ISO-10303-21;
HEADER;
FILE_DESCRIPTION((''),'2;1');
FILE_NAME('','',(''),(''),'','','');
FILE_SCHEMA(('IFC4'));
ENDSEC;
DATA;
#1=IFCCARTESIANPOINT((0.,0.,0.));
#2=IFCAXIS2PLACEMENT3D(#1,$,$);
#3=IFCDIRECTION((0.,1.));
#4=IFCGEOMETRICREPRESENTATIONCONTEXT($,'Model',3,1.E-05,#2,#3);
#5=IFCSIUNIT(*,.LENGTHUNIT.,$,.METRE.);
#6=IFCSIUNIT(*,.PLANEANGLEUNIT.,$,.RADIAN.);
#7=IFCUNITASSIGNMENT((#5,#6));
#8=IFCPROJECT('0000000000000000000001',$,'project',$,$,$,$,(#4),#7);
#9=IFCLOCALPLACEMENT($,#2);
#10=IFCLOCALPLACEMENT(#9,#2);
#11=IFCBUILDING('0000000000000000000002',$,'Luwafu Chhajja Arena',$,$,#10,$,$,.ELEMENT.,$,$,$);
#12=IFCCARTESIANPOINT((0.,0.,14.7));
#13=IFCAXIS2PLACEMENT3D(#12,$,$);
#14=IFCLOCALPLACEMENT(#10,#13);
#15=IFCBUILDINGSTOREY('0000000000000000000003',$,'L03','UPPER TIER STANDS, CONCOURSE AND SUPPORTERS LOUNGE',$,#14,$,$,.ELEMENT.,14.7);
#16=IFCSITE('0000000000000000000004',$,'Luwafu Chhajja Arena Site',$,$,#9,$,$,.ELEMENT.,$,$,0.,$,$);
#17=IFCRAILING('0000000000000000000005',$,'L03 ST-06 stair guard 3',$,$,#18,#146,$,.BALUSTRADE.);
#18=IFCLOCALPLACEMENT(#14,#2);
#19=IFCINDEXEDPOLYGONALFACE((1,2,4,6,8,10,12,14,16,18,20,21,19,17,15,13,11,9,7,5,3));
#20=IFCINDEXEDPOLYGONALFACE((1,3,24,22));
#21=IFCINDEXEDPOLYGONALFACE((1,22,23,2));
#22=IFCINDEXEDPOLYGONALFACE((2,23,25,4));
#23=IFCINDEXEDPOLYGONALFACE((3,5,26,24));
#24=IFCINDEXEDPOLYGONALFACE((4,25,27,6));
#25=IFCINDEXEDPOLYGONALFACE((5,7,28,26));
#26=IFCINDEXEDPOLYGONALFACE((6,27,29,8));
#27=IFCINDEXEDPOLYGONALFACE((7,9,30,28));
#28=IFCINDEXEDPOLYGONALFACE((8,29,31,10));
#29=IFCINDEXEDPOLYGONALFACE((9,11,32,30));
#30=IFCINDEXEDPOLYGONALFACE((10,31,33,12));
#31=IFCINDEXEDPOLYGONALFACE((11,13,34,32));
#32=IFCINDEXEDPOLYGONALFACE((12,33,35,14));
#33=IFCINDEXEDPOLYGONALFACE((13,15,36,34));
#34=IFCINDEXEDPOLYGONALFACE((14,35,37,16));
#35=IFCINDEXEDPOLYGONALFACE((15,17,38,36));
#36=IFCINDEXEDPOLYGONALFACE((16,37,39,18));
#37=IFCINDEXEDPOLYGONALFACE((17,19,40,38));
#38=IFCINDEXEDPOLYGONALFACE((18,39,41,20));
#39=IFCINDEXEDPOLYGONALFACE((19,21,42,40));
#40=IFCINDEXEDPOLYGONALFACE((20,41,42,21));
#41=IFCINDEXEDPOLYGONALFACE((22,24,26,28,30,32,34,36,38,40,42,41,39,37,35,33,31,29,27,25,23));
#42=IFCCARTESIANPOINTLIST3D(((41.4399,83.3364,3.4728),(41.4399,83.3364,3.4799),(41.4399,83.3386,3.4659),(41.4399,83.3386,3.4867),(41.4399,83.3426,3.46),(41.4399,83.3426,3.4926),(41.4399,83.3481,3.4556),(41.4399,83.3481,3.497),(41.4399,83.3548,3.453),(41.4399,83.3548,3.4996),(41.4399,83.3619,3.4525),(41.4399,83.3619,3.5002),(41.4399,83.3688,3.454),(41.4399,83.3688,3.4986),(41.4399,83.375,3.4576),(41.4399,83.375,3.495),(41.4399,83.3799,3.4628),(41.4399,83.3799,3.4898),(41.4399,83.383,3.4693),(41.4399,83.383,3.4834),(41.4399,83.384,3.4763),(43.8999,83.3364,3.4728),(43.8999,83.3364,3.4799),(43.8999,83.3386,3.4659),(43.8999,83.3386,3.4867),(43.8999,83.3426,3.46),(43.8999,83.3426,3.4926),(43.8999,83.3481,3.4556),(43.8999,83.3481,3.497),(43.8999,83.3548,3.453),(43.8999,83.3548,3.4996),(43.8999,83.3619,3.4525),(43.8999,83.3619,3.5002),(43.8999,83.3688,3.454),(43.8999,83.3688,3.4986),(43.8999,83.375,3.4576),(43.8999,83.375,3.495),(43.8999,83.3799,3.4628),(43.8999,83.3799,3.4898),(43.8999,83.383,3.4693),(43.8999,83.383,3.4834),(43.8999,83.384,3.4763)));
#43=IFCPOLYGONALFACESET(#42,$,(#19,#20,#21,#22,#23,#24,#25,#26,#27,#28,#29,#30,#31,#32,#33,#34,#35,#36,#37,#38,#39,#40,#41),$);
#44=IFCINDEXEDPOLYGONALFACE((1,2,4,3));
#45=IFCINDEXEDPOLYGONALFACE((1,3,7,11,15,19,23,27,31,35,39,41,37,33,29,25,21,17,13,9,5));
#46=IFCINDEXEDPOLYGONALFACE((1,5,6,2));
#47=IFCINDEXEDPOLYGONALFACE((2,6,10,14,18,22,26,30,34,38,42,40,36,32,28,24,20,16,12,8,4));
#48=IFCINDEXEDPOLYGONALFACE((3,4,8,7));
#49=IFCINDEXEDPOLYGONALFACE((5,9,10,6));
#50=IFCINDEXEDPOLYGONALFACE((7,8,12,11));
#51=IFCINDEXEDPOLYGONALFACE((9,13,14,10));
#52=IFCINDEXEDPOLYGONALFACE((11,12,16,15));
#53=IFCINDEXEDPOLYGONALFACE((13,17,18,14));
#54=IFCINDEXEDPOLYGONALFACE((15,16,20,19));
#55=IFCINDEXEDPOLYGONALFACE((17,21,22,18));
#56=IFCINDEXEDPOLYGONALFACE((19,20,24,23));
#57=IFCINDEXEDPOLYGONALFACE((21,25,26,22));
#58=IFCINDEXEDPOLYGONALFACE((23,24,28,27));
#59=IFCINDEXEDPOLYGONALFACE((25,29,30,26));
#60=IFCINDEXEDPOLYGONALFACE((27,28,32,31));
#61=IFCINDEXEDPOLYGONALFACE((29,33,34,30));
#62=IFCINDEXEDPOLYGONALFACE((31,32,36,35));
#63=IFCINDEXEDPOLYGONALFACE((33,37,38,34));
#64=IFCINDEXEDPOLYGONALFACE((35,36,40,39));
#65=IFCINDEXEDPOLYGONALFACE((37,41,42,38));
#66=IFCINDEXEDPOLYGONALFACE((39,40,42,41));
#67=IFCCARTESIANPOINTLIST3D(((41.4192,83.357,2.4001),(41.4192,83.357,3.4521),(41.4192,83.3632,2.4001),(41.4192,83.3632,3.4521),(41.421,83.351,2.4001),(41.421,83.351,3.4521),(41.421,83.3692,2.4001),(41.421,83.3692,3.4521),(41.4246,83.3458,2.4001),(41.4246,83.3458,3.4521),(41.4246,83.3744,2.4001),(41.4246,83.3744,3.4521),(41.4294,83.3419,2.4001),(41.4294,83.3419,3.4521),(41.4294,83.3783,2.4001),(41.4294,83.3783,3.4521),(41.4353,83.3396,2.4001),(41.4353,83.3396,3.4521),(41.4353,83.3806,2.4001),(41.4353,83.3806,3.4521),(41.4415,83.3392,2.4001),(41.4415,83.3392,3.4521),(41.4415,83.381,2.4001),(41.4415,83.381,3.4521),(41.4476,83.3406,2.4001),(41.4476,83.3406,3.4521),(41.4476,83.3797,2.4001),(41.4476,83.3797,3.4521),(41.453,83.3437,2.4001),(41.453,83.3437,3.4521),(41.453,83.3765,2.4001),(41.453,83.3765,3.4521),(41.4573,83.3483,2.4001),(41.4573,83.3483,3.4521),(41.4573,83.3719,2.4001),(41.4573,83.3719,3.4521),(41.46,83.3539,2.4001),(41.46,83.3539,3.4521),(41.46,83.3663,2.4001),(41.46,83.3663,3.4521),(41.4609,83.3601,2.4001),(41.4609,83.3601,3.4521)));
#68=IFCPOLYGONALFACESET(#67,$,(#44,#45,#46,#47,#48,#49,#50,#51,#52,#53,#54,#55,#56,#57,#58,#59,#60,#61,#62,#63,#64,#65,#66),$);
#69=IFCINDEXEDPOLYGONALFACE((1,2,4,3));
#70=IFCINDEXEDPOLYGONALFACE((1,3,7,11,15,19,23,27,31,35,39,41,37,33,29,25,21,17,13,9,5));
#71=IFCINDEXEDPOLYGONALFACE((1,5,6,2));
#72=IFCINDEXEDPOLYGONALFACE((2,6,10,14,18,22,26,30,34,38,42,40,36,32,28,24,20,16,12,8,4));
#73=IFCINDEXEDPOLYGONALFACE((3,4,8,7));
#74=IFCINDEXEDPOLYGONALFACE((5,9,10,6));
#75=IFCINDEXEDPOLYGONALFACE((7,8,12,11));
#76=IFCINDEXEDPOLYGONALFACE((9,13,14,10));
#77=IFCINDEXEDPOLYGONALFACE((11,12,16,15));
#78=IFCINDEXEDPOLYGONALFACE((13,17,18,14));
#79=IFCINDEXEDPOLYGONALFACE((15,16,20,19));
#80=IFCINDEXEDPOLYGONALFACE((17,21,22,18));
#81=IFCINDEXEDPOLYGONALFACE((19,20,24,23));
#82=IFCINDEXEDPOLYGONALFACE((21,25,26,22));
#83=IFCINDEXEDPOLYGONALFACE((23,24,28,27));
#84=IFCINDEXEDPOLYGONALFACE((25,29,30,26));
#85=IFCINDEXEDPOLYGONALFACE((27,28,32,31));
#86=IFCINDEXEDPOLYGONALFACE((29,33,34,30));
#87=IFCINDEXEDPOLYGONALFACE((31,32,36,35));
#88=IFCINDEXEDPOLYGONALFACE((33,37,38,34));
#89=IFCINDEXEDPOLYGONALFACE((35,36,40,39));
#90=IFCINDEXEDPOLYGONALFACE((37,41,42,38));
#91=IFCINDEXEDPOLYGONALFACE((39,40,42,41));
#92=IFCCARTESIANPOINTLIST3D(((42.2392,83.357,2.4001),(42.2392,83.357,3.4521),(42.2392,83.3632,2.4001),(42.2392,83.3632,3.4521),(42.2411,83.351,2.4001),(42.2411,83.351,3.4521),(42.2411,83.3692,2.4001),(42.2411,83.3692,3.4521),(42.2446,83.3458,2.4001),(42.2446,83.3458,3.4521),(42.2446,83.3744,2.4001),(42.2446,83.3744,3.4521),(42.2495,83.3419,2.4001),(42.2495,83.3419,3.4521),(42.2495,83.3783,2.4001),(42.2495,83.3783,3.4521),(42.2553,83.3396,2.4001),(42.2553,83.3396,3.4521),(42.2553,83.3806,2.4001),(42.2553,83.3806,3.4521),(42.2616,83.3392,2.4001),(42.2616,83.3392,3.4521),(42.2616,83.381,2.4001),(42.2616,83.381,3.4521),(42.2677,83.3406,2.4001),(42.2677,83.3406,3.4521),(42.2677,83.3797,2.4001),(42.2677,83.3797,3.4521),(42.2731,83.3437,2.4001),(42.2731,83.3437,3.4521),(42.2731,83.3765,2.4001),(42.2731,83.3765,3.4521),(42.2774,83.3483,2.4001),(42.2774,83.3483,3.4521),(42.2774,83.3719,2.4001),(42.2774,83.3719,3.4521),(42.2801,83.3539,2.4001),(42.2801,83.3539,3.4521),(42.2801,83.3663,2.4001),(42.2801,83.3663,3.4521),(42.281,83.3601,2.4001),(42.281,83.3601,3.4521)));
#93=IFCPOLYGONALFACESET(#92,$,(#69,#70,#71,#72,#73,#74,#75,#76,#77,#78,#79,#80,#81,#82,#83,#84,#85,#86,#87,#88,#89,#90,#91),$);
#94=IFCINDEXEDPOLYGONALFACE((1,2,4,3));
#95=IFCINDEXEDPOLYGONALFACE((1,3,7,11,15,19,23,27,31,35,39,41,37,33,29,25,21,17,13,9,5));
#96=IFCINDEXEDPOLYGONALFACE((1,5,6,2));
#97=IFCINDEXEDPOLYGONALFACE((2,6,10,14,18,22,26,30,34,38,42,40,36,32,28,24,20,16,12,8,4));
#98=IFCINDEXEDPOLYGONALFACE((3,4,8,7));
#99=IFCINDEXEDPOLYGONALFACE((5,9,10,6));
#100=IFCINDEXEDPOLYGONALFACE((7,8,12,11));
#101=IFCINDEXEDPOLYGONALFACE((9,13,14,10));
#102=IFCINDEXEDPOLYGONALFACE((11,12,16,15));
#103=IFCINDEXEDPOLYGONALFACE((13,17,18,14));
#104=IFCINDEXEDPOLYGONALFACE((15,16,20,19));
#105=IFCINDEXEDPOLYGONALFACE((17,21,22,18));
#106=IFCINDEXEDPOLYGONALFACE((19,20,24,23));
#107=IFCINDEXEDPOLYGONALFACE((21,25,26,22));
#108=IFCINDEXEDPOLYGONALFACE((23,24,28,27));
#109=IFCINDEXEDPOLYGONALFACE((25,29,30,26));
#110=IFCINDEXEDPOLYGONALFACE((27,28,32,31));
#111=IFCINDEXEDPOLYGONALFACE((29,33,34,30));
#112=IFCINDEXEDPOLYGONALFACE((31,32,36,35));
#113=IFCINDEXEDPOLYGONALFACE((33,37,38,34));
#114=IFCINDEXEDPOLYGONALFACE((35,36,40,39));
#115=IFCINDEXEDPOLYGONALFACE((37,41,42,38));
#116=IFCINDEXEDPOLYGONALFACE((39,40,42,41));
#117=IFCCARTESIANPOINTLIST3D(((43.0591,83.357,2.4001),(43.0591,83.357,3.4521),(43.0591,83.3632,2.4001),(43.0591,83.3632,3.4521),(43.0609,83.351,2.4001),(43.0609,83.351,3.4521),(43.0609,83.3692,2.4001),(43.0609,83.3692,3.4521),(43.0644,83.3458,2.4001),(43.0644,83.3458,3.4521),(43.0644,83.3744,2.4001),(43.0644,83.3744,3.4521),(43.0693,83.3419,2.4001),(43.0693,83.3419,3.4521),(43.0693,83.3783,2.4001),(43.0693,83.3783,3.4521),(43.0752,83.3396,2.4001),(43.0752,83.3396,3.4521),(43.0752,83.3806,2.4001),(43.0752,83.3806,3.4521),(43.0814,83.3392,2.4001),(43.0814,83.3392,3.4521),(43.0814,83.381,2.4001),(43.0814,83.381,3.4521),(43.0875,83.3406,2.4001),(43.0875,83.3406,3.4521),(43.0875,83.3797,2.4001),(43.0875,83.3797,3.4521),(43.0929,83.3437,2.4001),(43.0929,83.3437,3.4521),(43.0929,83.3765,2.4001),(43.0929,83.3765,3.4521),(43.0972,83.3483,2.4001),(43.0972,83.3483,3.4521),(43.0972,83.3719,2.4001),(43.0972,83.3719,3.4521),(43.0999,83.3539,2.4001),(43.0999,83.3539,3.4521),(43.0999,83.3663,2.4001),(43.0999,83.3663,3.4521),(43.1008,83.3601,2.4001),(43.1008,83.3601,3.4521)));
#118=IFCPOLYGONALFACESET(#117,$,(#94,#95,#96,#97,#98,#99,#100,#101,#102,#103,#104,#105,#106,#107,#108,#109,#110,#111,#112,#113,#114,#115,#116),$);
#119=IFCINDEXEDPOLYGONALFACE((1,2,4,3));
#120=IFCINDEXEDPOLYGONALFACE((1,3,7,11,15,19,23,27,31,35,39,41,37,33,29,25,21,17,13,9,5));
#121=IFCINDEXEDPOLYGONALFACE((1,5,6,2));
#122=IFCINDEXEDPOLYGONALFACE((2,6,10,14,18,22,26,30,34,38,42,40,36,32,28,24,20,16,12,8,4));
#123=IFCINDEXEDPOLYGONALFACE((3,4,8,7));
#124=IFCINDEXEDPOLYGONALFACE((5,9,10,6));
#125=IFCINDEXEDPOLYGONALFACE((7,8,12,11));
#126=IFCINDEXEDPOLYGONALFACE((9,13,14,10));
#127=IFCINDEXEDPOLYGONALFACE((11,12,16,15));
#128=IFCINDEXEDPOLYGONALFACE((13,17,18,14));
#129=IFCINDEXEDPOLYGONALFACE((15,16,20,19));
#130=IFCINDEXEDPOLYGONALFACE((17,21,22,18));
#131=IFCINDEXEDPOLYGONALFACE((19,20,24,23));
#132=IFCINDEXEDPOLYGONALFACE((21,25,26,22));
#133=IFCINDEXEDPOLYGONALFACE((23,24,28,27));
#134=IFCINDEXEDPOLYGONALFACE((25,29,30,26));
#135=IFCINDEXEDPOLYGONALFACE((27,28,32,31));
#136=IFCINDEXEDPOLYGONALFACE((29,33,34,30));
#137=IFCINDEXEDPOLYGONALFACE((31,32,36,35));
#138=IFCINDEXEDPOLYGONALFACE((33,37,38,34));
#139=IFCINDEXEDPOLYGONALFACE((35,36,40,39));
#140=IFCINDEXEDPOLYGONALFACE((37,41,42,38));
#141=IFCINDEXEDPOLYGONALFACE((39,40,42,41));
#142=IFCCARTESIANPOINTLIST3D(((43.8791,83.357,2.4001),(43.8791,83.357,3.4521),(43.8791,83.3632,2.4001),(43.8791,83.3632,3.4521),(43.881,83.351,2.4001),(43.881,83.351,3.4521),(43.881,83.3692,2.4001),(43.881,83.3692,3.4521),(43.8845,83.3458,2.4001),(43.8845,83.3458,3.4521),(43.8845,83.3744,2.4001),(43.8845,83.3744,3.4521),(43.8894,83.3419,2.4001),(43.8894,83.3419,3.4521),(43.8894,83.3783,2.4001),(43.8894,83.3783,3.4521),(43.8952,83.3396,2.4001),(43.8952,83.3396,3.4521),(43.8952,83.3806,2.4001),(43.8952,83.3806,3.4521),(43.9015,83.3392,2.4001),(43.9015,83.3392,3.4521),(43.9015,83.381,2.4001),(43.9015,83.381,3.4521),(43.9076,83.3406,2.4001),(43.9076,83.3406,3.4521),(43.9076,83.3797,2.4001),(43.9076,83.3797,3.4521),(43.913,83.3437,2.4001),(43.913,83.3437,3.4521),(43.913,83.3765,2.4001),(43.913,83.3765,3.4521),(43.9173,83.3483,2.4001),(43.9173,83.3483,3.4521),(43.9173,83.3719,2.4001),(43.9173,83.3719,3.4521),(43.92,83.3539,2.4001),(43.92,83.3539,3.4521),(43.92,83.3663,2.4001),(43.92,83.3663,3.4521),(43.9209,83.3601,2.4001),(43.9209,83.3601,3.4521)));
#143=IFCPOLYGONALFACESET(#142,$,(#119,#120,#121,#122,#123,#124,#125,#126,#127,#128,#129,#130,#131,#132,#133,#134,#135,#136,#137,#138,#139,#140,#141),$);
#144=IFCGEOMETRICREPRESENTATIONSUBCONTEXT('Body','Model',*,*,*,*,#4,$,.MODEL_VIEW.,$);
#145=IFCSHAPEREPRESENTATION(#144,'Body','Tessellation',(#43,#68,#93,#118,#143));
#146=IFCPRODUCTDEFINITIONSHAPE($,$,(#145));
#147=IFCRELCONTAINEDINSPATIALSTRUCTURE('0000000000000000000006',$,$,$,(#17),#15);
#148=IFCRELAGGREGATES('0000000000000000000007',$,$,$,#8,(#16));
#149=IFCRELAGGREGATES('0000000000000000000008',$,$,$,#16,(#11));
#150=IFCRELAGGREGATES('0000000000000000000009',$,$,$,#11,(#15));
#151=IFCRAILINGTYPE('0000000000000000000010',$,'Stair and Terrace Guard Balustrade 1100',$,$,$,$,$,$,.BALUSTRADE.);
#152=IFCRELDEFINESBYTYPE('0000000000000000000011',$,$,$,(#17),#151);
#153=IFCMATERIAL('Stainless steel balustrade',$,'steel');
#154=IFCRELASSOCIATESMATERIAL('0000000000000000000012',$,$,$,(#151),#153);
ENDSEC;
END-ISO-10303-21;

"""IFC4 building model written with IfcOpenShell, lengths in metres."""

from ifc_helpers import new_model, si_unit, direction, frame, origin, origin_2d, place, context, subcontext, project, spatial, circle, extrude, material, type_object, element, save


model = new_model("IFC4")

# Units and contexts
model_context = context("Model", 3, precision=1e-05, world=origin(), true_north=direction((0.0, 1.0)))
body_context = subcontext(model_context, "Body", "Model", "MODEL_VIEW")
ifc_project = project(units=[si_unit("LENGTHUNIT", "METRE"), si_unit("PLANEANGLEUNIT", "RADIAN")], contexts=[model_context])

# Site, building, storey
site_placement = place(None, origin())
site = spatial("IfcSite", under=ifc_project, at=site_placement, Name="Luwafu Chhajja Arena Site", CompositionType="ELEMENT", RefElevation=0.0)
building_placement = place(site_placement, origin())
building = spatial("IfcBuilding", under=site, at=building_placement, Name="Luwafu Chhajja Arena", CompositionType="ELEMENT")
storey_placement = place(building_placement, frame((0.0, 0.0, 14.7)))
storey = spatial("IfcBuildingStorey", under=building, at=storey_placement, Name="L03", Description="UPPER TIER STANDS, CONCOURSE AND SUPPORTERS LOUNGE", CompositionType="ELEMENT", Elevation=14.7)

# Railing
ifc_material_1 = material(Name="Stainless steel balustrade", Category="steel")
railing_type_1 = type_object("IfcRailingType", Name="Stair and Terrace Guard Balustrade 1100", PredefinedType="BALUSTRADE", material=ifc_material_1)
railing_1_placement = place(storey_placement, frame((41.4399, 83.3601, 2.4001)))
element("IfcRailing", 1, at=railing_1_placement, inside=storey, type_object=railing_type_1, Name="L03 ST-06 stair guard 3", PredefinedType="BALUSTRADE", context=body_context, shape_type="SweptSolid", body=[
    extrude(circle(Radius=0.0239, at=origin_2d()), frame((0.0, 0.0, 1.0762), z_axis=(1.0, 0.0, 0.0), x_axis=(0.0, 1.0, 0.0)), (0.0, 0.0, 1.0), 2.46),
    extrude(circle(Radius=0.021, at=origin_2d()), origin(), (0.0, 0.0, 1.0), 1.052),
    extrude(circle(Radius=0.021, at=origin_2d()), frame((0.8201, 0.0, 0.0)), (0.0, 0.0, 1.0), 1.052),
    extrude(circle(Radius=0.021, at=origin_2d()), frame((1.6399, 0.0, 0.0)), (0.0, 0.0, 1.0), 1.052),
    extrude(circle(Radius=0.021, at=origin_2d()), frame((2.46, 0.0, 0.0)), (0.0, 0.0, 1.0), 1.052),
])

save(model, "model.ifc")
